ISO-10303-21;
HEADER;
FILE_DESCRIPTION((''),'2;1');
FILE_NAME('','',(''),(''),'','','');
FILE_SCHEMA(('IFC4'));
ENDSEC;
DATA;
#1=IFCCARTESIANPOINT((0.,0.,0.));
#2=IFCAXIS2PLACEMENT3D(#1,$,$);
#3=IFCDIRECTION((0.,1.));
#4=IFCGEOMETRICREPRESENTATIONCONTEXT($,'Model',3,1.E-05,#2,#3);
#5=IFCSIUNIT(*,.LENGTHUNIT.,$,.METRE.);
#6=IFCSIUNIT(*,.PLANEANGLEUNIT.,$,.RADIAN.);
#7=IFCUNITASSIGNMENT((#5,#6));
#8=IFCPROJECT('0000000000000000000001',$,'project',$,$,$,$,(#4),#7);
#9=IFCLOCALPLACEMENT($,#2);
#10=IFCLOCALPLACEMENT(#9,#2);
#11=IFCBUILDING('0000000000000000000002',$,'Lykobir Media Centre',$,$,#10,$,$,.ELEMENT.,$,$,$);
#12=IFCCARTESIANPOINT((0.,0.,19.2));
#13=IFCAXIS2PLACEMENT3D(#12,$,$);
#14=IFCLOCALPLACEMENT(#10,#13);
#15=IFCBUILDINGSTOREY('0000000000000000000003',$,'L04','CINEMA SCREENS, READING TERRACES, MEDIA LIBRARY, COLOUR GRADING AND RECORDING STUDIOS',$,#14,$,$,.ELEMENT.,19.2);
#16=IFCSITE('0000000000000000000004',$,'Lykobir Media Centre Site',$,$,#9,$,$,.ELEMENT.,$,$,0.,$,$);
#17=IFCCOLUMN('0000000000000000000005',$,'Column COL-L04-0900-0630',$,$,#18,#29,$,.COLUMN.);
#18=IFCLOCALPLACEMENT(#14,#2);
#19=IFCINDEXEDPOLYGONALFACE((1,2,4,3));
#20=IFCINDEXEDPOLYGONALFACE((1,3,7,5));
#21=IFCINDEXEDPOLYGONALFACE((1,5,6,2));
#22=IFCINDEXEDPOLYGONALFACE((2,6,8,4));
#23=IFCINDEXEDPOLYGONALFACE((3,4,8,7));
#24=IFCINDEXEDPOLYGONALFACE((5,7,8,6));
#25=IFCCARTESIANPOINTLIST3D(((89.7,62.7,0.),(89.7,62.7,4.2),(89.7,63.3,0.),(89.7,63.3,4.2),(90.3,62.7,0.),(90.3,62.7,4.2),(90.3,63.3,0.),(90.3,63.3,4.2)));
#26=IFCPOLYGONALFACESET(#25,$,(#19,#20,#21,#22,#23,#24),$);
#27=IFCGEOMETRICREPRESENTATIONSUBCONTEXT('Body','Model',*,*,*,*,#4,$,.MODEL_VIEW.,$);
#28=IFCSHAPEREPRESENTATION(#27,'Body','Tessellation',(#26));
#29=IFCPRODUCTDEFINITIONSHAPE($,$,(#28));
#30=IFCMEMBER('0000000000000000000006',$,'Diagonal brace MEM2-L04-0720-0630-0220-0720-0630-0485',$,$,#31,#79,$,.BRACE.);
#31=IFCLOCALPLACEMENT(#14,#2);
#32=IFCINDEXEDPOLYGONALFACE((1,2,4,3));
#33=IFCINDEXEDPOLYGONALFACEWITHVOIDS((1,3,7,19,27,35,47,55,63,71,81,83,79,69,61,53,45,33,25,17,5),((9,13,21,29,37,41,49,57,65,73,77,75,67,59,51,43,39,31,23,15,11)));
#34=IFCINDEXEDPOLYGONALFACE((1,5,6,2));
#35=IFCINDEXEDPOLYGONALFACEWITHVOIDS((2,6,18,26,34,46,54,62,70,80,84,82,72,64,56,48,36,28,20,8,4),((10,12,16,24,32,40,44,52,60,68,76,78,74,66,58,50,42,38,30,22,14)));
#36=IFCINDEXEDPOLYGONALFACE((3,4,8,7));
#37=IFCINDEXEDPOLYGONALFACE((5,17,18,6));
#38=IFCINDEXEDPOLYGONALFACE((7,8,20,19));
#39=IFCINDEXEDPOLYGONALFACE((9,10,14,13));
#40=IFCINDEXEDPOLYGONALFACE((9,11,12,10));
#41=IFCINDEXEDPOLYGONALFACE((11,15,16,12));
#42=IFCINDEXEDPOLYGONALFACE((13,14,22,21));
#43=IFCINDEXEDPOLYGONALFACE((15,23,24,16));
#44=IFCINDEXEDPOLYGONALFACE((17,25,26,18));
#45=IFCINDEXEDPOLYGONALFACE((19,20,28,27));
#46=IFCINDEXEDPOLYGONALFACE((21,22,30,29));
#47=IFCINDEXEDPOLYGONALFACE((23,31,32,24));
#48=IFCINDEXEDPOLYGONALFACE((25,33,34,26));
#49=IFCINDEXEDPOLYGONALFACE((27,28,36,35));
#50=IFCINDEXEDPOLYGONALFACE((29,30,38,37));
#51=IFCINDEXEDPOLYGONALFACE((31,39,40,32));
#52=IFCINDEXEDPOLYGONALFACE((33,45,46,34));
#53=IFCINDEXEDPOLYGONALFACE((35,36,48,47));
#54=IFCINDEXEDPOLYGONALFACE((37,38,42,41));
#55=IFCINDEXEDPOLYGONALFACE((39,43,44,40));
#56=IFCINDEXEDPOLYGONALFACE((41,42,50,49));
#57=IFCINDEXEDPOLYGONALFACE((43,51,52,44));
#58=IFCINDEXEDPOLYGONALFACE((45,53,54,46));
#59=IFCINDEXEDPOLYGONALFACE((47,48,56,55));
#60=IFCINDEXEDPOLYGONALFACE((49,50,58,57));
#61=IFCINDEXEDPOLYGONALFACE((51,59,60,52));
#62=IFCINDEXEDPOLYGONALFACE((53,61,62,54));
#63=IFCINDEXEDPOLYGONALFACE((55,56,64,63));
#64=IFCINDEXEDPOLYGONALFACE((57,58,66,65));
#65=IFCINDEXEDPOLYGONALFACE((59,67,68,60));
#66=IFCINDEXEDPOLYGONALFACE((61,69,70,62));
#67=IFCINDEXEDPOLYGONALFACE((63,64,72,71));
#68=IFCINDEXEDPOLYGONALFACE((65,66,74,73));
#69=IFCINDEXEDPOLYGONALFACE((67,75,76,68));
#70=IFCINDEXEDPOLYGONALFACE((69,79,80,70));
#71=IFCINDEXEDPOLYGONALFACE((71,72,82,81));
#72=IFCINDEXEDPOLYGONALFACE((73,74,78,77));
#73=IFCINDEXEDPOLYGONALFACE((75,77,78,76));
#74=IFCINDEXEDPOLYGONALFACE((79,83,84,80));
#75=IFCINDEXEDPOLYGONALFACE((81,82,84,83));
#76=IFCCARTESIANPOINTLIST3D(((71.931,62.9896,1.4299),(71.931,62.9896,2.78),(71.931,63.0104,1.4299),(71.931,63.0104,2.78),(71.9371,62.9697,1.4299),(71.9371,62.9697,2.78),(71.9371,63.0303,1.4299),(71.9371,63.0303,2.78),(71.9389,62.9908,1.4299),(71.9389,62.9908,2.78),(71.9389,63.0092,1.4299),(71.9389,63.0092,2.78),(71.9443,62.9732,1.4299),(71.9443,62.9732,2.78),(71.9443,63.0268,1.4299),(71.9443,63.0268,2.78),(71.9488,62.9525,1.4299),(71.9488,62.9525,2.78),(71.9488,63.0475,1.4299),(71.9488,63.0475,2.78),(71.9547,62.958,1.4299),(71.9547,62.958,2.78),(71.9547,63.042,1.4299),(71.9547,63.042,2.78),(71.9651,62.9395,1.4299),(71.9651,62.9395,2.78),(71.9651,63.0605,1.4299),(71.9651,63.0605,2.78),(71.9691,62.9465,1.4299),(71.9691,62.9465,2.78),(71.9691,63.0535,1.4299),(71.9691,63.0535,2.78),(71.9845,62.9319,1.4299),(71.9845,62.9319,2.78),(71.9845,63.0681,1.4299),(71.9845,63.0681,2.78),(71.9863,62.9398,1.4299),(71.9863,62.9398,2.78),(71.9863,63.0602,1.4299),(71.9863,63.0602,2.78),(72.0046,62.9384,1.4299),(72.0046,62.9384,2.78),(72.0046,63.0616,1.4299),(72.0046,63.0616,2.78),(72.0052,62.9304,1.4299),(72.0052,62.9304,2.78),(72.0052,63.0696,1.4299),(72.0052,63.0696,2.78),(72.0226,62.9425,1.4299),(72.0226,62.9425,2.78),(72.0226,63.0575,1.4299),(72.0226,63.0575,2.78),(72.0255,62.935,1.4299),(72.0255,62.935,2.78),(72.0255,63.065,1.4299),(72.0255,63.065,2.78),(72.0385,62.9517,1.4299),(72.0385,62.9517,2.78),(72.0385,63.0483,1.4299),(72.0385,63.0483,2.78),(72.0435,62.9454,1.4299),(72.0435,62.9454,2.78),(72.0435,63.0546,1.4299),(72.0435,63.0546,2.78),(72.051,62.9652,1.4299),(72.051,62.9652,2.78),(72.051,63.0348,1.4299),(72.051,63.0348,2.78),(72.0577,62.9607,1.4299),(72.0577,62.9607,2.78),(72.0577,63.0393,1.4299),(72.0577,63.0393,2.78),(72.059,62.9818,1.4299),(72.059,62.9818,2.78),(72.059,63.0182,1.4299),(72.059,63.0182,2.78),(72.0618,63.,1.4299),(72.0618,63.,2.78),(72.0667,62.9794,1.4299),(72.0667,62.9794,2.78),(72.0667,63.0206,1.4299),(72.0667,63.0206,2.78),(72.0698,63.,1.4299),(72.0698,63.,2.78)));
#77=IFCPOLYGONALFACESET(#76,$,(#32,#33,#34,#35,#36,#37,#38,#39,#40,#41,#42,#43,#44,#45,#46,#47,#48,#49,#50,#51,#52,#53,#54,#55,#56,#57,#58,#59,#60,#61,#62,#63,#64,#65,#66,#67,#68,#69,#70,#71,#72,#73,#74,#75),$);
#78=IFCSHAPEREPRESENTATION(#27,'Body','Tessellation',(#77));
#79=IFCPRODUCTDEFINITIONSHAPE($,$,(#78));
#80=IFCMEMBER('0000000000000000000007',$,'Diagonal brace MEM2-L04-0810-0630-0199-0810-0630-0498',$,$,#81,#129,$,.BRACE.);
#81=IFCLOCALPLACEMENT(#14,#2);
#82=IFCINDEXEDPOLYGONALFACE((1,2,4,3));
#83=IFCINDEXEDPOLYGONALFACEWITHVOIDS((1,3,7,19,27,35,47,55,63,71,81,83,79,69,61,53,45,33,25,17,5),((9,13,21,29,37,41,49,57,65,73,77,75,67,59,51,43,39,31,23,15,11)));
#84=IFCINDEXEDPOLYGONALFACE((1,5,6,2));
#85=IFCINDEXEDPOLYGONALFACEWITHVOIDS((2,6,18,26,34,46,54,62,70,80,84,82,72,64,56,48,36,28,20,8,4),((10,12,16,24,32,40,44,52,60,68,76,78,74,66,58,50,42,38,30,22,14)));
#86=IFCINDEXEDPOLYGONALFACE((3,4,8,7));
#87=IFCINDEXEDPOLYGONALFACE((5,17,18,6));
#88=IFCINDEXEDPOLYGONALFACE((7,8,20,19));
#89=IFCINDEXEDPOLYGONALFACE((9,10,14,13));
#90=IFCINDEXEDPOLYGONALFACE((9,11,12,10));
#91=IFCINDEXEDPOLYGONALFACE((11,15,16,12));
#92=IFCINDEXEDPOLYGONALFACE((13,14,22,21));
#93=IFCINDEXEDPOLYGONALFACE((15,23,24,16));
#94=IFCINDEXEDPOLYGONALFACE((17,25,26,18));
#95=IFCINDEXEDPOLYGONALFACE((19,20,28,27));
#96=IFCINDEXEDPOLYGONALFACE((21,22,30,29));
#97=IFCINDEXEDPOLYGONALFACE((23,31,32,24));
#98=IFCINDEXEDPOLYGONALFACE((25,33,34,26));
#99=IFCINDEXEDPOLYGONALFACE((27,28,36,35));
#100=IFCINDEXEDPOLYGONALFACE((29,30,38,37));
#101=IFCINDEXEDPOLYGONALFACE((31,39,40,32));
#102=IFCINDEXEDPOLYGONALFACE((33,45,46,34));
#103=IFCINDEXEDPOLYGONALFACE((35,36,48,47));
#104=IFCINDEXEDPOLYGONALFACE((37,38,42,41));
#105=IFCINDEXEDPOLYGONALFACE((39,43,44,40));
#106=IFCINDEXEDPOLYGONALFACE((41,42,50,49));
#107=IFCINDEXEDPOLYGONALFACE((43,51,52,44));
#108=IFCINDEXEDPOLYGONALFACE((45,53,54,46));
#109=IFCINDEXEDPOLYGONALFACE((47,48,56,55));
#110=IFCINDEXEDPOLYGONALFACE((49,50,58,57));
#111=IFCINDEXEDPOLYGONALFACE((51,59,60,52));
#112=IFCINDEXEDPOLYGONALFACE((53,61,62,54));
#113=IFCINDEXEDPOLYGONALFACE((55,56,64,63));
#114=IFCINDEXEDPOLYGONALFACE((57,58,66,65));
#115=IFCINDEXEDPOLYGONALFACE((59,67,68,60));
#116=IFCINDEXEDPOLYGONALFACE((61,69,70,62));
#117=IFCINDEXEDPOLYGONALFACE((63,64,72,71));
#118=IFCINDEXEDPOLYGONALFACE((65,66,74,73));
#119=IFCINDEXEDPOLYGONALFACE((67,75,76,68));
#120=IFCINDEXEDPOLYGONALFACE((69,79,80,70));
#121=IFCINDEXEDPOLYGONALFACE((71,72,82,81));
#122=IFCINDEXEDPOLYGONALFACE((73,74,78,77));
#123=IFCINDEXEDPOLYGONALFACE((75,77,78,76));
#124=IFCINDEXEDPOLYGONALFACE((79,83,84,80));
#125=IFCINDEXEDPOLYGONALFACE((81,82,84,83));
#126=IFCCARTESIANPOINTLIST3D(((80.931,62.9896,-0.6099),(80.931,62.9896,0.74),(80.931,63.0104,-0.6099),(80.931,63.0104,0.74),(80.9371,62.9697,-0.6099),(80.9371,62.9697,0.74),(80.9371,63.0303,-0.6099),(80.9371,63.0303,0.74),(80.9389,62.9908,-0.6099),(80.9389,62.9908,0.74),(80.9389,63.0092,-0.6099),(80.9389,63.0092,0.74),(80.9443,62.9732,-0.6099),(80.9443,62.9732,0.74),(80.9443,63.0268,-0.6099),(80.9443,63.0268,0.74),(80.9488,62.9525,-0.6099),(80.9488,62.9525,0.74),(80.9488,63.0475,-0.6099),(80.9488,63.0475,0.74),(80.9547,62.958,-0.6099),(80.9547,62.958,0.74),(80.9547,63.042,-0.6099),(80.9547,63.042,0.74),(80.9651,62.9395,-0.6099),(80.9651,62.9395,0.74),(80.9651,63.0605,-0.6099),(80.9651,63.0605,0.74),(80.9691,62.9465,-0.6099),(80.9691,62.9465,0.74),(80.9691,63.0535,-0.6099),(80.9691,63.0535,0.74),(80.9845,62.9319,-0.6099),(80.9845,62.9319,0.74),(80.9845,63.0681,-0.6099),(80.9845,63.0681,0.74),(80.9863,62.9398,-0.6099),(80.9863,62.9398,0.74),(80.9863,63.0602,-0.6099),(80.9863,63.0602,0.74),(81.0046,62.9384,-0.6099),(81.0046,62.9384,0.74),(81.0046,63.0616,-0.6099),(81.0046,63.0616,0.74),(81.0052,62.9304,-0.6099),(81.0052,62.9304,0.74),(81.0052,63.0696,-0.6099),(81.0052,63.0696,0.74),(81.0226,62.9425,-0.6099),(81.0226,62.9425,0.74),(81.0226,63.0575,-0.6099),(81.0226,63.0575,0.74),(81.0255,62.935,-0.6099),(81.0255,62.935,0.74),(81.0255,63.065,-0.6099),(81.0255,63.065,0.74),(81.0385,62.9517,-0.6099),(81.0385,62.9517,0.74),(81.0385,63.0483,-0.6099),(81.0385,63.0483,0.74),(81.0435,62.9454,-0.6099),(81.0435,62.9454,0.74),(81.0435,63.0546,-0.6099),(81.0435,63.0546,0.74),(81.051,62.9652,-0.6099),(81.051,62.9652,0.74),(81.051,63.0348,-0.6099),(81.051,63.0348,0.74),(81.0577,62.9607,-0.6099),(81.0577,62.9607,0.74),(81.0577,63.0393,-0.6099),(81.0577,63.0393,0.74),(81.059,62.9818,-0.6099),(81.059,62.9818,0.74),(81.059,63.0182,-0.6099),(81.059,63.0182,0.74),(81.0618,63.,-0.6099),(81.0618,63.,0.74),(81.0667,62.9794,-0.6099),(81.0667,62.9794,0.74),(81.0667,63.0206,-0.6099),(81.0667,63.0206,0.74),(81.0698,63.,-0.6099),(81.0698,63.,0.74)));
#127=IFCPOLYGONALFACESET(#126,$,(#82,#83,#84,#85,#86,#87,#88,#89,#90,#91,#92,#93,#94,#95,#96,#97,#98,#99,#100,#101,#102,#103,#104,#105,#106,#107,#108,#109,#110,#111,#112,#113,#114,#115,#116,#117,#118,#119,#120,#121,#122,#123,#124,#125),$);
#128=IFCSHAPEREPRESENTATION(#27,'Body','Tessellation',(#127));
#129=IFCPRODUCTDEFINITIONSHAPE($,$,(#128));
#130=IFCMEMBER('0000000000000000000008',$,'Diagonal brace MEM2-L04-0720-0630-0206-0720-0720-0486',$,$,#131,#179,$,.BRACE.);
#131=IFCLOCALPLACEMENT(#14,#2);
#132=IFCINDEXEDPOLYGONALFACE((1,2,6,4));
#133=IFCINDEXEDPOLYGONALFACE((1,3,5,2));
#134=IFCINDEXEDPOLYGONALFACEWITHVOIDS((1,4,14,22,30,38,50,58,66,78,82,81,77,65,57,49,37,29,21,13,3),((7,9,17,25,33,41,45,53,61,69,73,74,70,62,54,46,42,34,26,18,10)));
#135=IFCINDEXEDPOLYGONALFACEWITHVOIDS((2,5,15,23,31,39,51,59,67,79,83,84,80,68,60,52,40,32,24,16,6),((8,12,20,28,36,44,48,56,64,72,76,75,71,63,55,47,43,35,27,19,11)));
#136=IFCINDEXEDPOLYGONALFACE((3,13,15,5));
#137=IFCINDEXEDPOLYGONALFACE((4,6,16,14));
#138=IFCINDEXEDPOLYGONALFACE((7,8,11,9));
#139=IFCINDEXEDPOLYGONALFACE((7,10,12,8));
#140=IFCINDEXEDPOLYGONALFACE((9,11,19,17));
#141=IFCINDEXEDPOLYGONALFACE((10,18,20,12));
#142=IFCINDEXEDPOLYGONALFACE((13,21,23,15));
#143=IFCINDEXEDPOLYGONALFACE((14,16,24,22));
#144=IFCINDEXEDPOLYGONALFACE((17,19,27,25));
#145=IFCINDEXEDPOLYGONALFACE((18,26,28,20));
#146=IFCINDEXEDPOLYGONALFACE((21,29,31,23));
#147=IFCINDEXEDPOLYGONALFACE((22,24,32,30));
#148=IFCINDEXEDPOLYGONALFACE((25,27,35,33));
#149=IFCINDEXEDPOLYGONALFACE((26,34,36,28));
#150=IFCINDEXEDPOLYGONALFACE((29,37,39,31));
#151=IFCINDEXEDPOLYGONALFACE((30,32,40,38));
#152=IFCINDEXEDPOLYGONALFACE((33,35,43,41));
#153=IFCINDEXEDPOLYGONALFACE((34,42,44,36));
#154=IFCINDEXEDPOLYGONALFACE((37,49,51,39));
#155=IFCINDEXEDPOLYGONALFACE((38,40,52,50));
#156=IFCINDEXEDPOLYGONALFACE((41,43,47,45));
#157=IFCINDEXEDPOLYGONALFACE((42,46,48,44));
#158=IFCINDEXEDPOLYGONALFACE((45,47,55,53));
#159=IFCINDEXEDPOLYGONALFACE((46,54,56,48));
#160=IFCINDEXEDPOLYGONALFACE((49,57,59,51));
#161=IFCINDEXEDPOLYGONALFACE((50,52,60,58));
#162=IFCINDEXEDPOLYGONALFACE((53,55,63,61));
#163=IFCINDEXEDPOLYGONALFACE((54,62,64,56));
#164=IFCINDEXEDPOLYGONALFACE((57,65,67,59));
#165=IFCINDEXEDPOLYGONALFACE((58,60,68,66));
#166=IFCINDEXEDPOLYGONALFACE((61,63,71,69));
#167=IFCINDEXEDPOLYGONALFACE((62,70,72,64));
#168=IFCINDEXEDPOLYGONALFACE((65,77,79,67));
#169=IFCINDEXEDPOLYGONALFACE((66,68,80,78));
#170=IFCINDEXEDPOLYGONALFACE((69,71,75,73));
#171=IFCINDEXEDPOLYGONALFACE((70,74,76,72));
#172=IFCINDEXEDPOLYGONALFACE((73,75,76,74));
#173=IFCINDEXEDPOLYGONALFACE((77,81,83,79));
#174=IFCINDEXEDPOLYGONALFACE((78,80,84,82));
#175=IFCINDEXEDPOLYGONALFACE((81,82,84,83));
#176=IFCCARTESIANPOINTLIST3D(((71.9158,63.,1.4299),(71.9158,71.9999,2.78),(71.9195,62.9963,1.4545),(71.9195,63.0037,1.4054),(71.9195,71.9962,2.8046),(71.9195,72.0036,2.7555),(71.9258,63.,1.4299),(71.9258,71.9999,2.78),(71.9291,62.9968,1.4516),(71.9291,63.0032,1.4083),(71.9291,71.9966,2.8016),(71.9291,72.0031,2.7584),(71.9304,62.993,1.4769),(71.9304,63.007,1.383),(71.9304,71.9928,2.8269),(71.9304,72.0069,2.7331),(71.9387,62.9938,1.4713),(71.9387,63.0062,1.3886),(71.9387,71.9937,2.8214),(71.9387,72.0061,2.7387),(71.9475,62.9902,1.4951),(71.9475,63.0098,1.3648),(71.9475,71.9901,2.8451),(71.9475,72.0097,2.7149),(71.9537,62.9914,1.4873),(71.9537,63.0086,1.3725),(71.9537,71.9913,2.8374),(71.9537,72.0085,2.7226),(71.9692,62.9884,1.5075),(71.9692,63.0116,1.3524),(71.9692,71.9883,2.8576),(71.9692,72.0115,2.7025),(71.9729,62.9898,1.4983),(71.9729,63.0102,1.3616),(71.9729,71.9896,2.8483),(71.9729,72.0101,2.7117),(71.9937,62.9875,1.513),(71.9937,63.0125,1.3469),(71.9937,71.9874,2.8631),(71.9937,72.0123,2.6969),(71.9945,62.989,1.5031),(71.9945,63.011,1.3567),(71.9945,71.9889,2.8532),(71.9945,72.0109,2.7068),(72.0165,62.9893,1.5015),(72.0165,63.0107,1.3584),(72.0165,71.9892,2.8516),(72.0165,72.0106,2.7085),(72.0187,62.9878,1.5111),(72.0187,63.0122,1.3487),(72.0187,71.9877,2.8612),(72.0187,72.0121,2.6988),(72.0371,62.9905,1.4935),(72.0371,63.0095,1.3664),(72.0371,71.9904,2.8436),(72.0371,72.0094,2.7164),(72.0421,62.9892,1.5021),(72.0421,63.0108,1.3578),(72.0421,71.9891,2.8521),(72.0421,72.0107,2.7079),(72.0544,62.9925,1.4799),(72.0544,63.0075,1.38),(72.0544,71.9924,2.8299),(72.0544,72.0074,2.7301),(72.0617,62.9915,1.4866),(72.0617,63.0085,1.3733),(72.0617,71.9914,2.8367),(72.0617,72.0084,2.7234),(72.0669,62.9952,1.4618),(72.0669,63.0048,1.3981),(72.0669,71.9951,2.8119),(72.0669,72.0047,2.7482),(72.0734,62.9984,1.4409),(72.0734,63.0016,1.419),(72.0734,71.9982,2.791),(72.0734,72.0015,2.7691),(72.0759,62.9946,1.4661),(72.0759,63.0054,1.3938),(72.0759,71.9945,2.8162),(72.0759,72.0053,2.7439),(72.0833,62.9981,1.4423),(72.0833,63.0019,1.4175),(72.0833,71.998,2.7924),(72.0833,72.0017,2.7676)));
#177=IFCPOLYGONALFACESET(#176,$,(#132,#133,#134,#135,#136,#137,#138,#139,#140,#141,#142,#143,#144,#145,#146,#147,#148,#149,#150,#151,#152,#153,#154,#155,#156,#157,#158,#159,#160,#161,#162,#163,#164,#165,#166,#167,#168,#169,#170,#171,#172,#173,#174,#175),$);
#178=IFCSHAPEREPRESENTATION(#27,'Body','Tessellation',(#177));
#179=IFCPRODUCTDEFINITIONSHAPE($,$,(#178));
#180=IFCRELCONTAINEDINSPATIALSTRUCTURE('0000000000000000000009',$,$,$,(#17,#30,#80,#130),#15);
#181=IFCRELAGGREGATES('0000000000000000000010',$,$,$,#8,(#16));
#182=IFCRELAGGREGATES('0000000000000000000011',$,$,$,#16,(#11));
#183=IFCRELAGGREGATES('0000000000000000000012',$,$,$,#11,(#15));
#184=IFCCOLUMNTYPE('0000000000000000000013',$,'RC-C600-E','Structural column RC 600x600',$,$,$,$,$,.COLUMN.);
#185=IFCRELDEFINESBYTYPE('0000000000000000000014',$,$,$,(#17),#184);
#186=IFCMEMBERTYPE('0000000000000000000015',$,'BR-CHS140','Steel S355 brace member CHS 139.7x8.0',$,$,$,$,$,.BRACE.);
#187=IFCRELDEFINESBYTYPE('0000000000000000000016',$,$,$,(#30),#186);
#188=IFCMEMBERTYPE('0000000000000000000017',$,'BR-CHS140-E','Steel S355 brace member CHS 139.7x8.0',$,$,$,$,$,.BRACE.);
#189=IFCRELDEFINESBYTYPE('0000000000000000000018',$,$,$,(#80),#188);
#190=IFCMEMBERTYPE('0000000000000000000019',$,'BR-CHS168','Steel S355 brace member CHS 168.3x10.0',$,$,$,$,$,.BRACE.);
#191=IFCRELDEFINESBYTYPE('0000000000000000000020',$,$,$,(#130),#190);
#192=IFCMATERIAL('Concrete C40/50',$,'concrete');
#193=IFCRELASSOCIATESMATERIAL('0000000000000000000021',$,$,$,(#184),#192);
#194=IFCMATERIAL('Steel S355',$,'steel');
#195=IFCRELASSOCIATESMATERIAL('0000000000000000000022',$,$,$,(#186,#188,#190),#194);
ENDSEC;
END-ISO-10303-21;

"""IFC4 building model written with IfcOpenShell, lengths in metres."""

from ifc_helpers import new_model, si_unit, direction, frame, origin, origin_2d, place, context, subcontext, project, spatial, rectangle, hollow_circle, extrude, material, material_profile, profile_set, type_object, element, save


model = new_model("IFC4")

# Units and contexts
model_context = context("Model", 3, precision=1e-05, world=origin(), true_north=direction((0.0, 1.0)))
body_context = subcontext(model_context, "Body", "Model", "MODEL_VIEW")
ifc_project = project(units=[si_unit("LENGTHUNIT", "METRE"), si_unit("PLANEANGLEUNIT", "RADIAN")], contexts=[model_context])

# Site, building, storey
site_placement = place(None, origin())
site = spatial("IfcSite", under=ifc_project, at=site_placement, Name="Lykobir Media Centre Site", CompositionType="ELEMENT", RefElevation=0.0)
building_placement = place(site_placement, origin())
building = spatial("IfcBuilding", under=site, at=building_placement, Name="Lykobir Media Centre", CompositionType="ELEMENT")
storey_placement = place(building_placement, frame((0.0, 0.0, 19.2)))
storey = spatial("IfcBuildingStorey", under=building, at=storey_placement, Name="L04", Description="CINEMA SCREENS, READING TERRACES, MEDIA LIBRARY, COLOUR GRADING AND RECORDING STUDIOS", CompositionType="ELEMENT", Elevation=19.2)

# Column
ifc_material_1 = material(Name="Concrete C40/50", Category="concrete")
ifc_material_profile_1 = material_profile(ifc_material_1, rectangle(XDim=0.6001, YDim=0.6001, at=origin_2d()), Name="RC 600x600")
ifc_profile_set_1 = profile_set([ifc_material_profile_1], Name="Concrete C40/50")
column_type = type_object("IfcColumnType", Name="RC-C600-E", Description="Structural column RC 600x600", PredefinedType="COLUMN", material=ifc_profile_set_1)
column_placement = place(storey_placement, frame((90.0, 63.0, 0.0), z_axis=(0.0, 0.0, 1.0), x_axis=(1.0, 0.0, 0.0)))
element("IfcColumn", 1, at=column_placement, inside=storey, type_object=column_type, Name="Column COL-L04-0900-0630", PredefinedType="COLUMN", context=body_context, shape_type="SweptSolid", body=[
    extrude(rectangle(XDim=0.6001, YDim=0.6001, at=origin_2d()), origin(), (0.0, 0.0, 1.0), 4.2),
])

# Members
ifc_material_2 = material(Name="Steel S355", Category="steel")
ifc_material_profile_2 = material_profile(ifc_material_2, hollow_circle(Radius=0.0698, WallThickness=0.0081, at=origin_2d()), Name="CHS 139.7x8.0")
ifc_profile_set_2 = profile_set([ifc_material_profile_2], Name="Steel S355")
member_type_1 = type_object("IfcMemberType", Name="BR-CHS140", Description="Steel S355 brace member CHS 139.7x8.0", PredefinedType="BRACE", material=ifc_profile_set_2)
member_1_placement = place(storey_placement, frame((72.0, 63.0, 2.78), z_axis=(0.0, 0.0, -1.0), x_axis=(1.0, 0.0, 0.0)))
element("IfcMember", 2, at=member_1_placement, inside=storey, type_object=member_type_1, Name="Diagonal brace MEM2-L04-0720-0630-0220-0720-0630-0485", PredefinedType="BRACE", context=body_context, shape_type="SweptSolid", body=[
    extrude(hollow_circle(Radius=0.0698, WallThickness=0.0081, at=origin_2d()), origin(), (0.0, 0.0, 1.0), 1.3501),
])
ifc_material_profile_3 = material_profile(ifc_material_2, hollow_circle(Radius=0.0698, WallThickness=0.0081, at=origin_2d()), Name="CHS 139.7x8.0")
ifc_profile_set_3 = profile_set([ifc_material_profile_3], Name="Steel S355")
member_type_2 = type_object("IfcMemberType", Name="BR-CHS140-E", Description="Steel S355 brace member CHS 139.7x8.0", PredefinedType="BRACE", material=ifc_profile_set_3)
member_2_placement = place(storey_placement, frame((81.0, 63.0, 0.74), z_axis=(0.0, 0.0, -1.0), x_axis=(1.0, 0.0, 0.0)))
element("IfcMember", 3, at=member_2_placement, inside=storey, type_object=member_type_2, Name="Diagonal brace MEM2-L04-0810-0630-0199-0810-0630-0498", PredefinedType="BRACE", context=body_context, shape_type="SweptSolid", body=[
    extrude(hollow_circle(Radius=0.0698, WallThickness=0.0081, at=origin_2d()), origin(), (0.0, 0.0, 1.0), 1.3499),
])
ifc_material_profile_4 = material_profile(ifc_material_2, hollow_circle(Radius=0.0842, WallThickness=0.01, at=origin_2d()), Name="CHS 168.3x10.0")
ifc_profile_set_4 = profile_set([ifc_material_profile_4], Name="Steel S355")
member_type_3 = type_object("IfcMemberType", Name="BR-CHS168", Description="Steel S355 brace member CHS 168.3x10.0", PredefinedType="BRACE", material=ifc_profile_set_4)
member_3_placement = place(storey_placement, frame((72.0, 63.0, 1.4299), z_axis=(0.0, 0.988935, 0.148351), x_axis=(-1.0, 0.0, 0.0)))
element("IfcMember", 4, at=member_3_placement, inside=storey, type_object=member_type_3, Name="Diagonal brace MEM2-L04-0720-0630-0206-0720-0720-0486", PredefinedType="BRACE", context=body_context, shape_type="SweptSolid", body=[
    extrude(hollow_circle(Radius=0.0842, WallThickness=0.01, at=origin_2d()), origin(), (0.0, 0.0, 1.0), 9.1006),
])

save(model, "model.ifc")
